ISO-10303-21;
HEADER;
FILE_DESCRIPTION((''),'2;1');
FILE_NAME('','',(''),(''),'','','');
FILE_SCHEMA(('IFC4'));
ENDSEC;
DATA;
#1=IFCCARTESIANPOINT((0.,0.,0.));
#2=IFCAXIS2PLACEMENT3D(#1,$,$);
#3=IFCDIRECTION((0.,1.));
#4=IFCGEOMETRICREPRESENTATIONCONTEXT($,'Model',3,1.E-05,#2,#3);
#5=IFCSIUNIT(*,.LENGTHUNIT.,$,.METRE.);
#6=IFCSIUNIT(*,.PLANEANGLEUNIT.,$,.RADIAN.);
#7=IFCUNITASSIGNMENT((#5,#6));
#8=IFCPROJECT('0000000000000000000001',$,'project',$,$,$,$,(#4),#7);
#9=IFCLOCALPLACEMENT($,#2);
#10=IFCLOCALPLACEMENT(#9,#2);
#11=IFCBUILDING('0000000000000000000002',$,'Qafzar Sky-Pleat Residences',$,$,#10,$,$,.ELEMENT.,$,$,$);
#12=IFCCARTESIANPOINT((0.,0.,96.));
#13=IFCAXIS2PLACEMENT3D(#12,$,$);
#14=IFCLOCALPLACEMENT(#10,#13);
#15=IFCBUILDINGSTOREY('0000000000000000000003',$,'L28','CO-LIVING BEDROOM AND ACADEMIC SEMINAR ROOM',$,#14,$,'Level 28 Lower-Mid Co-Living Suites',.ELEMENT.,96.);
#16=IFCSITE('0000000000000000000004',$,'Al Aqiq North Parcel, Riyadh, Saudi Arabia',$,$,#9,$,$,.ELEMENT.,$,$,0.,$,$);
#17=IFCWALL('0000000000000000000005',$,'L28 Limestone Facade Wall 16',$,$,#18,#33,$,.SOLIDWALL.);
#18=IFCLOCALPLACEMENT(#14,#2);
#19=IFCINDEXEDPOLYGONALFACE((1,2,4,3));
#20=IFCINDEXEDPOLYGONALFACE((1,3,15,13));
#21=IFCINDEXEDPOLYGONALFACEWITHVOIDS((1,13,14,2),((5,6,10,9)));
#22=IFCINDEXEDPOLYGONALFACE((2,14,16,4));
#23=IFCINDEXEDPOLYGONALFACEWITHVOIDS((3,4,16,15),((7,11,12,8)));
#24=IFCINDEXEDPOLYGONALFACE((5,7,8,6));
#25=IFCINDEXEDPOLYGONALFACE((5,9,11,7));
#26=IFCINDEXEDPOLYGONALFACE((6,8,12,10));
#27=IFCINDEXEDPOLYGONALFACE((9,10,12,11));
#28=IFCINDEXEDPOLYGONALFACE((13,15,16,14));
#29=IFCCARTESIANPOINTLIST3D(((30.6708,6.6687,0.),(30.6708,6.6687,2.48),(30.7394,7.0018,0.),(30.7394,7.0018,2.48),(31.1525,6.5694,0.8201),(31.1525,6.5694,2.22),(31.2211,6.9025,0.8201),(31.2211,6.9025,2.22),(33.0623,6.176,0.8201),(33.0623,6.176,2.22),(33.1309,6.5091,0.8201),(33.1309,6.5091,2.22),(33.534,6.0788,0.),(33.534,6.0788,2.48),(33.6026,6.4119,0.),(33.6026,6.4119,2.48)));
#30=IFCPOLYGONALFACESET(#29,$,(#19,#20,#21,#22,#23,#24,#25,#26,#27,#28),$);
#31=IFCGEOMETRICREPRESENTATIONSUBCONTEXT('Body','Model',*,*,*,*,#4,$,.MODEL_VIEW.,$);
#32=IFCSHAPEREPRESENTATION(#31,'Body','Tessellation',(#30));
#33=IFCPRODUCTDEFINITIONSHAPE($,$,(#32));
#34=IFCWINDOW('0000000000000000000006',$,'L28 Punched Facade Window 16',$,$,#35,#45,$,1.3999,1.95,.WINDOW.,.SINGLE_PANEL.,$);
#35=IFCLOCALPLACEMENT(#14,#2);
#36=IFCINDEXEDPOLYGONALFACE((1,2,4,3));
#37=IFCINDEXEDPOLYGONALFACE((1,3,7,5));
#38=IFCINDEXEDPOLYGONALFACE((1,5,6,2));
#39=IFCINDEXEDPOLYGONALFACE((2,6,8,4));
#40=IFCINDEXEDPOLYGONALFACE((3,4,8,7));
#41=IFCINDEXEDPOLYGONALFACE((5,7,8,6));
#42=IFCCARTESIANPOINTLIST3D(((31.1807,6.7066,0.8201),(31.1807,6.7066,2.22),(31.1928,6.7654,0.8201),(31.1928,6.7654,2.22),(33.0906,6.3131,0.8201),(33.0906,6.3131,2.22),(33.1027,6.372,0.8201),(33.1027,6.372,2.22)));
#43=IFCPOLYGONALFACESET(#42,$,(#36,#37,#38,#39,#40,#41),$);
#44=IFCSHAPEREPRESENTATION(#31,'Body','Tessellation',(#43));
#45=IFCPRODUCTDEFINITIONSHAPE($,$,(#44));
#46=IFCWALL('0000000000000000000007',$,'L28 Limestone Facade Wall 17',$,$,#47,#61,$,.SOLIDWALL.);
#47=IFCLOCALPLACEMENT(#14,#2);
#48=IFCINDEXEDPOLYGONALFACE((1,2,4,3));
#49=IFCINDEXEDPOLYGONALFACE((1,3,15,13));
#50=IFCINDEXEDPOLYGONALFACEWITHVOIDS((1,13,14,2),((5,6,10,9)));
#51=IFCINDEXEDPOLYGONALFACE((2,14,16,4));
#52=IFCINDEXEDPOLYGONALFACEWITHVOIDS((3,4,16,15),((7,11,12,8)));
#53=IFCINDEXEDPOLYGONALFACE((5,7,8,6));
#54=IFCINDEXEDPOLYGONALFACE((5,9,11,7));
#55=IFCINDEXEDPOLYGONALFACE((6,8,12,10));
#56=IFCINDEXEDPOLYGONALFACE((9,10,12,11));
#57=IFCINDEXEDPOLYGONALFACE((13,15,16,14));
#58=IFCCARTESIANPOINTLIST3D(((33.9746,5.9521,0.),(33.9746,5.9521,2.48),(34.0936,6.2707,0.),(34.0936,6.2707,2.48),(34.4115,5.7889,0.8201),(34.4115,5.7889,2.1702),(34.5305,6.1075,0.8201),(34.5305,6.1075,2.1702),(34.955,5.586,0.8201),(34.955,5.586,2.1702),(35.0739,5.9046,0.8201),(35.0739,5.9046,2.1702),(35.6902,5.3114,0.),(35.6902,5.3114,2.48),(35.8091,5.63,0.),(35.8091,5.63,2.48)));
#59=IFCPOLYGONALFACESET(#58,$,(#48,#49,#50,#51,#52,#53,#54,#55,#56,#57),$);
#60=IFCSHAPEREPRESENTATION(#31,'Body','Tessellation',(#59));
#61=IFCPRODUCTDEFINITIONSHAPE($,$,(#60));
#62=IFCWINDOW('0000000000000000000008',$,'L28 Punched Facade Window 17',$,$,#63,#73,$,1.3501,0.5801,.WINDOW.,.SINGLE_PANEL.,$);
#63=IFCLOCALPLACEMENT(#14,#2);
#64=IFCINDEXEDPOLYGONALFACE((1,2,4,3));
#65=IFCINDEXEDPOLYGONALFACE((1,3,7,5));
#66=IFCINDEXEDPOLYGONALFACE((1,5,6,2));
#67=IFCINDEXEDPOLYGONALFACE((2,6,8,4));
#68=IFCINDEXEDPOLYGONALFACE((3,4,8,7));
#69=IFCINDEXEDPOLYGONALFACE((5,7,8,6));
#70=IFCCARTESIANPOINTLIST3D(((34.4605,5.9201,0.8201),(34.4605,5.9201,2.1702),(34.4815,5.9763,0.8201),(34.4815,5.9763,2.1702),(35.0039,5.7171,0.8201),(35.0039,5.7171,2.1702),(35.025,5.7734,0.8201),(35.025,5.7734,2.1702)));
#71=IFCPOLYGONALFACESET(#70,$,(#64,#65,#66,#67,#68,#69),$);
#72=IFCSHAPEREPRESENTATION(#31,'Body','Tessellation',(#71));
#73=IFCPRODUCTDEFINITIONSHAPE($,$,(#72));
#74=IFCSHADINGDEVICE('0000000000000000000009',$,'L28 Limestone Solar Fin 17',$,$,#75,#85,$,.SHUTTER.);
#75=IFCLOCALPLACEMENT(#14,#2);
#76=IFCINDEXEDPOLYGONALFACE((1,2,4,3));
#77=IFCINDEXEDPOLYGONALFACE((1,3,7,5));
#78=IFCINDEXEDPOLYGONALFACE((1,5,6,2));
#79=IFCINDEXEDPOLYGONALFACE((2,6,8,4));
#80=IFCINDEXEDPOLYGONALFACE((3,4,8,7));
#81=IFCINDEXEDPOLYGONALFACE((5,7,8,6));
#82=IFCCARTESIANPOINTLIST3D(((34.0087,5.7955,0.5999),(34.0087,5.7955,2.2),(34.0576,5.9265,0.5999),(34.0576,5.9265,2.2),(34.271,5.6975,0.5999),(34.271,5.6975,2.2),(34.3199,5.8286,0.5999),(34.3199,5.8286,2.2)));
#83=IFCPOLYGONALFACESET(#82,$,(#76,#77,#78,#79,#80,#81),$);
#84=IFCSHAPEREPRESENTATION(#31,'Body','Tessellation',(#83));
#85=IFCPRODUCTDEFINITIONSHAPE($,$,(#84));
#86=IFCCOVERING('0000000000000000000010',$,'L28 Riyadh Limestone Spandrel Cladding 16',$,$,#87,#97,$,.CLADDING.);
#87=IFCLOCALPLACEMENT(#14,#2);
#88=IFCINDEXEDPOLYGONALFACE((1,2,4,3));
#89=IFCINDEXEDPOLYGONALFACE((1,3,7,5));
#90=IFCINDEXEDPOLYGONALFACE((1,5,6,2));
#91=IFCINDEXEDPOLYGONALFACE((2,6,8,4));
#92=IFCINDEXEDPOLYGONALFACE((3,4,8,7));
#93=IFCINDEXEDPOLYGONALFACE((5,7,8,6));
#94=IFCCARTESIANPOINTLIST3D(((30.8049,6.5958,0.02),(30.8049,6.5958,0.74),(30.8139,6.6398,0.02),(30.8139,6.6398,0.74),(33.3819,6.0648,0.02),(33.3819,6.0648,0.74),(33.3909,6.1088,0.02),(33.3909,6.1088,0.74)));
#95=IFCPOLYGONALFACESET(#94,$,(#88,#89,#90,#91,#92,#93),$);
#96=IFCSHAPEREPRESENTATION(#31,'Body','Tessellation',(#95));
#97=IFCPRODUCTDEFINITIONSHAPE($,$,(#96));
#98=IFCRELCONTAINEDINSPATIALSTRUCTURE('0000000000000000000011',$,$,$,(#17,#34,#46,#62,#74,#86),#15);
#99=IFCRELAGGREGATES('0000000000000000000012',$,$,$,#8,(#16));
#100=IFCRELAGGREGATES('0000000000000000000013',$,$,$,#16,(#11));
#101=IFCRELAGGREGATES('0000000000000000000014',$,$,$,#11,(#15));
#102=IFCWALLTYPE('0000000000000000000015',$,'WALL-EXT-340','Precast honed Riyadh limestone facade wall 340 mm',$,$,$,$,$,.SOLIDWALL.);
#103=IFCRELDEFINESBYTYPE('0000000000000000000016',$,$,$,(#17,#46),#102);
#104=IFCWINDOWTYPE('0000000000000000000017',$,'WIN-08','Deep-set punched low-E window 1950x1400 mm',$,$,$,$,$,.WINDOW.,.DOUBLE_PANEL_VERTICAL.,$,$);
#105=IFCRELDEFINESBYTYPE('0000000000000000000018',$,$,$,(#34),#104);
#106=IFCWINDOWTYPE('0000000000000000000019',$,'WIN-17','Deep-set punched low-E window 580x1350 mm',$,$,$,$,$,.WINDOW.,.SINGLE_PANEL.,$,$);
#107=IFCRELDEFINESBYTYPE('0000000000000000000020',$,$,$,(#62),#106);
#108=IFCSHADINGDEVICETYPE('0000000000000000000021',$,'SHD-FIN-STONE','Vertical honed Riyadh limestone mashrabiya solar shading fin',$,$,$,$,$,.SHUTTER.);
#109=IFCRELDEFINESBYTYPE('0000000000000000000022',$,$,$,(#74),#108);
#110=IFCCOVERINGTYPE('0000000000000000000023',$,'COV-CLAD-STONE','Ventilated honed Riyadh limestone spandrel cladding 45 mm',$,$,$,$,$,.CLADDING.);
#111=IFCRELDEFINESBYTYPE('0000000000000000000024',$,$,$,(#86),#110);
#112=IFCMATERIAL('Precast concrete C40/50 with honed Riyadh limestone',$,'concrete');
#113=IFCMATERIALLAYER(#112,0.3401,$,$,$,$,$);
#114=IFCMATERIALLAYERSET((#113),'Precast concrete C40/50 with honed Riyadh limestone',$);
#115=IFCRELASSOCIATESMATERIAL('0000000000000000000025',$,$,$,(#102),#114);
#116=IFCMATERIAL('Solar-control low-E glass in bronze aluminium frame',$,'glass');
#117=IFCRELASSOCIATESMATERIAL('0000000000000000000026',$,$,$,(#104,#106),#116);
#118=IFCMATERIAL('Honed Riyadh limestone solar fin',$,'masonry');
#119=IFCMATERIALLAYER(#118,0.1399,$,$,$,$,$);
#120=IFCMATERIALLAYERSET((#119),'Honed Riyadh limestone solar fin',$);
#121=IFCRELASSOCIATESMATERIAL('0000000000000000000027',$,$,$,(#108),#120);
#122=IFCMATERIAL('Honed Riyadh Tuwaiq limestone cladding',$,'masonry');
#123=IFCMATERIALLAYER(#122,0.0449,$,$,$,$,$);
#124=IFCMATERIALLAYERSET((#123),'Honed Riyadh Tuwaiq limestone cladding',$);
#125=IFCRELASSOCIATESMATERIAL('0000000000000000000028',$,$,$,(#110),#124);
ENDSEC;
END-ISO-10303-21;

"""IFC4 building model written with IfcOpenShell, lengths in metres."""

from ifc_helpers import new_model, si_unit, direction, frame, frame_2d, origin, origin_2d, place, context, subcontext, project, spatial, rectangle, extrude, source, transform, mapped, material, layer, layer_set, type_object, element, fill, save


model = new_model("IFC4")

# Units and contexts
model_context = context("Model", 3, precision=1e-05, world=origin(), true_north=direction((0.0, 1.0)))
body_context = subcontext(model_context, "Body", "Model", "MODEL_VIEW")
ifc_project = project(units=[si_unit("LENGTHUNIT", "METRE"), si_unit("PLANEANGLEUNIT", "RADIAN")], contexts=[model_context])

# Site, building, storey
site_placement = place(None, origin())
site = spatial("IfcSite", under=ifc_project, at=site_placement, Name="Al Aqiq North Parcel, Riyadh, Saudi Arabia", CompositionType="ELEMENT", RefElevation=0.0)
building_placement = place(site_placement, origin())
building = spatial("IfcBuilding", under=site, at=building_placement, Name="Qafzar Sky-Pleat Residences", CompositionType="ELEMENT")
storey_placement = place(building_placement, frame((0.0, 0.0, 96.0)))
storey = spatial("IfcBuildingStorey", under=building, at=storey_placement, Name="L28", Description="CO-LIVING BEDROOM AND ACADEMIC SEMINAR ROOM", LongName="Level 28 Lower-Mid Co-Living Suites", CompositionType="ELEMENT", Elevation=96.0)

# Walls, openings, windows
ifc_material_1 = material(Name="Precast concrete C40/50 with honed Riyadh limestone", Category="concrete")
ifc_layer_1 = layer(ifc_material_1, 0.3401)
ifc_layer_set_1 = layer_set([ifc_layer_1], Name="Precast concrete C40/50 with honed Riyadh limestone")
wall_type_1 = type_object("IfcWallType", Name="WALL-EXT-340", Description="Precast honed Riyadh limestone facade wall 340 mm", PredefinedType="SOLIDWALL", material=ifc_layer_set_1)
ifc_material_2 = material(Name="Solar-control low-E glass in bronze aluminium frame", Category="glass")
wall_1_placement = place(storey_placement, frame((30.7051, 6.8352, 0.0), z_axis=(0.0, 0.0, 1.0), x_axis=(0.979434, -0.201766, 0.0)))
wall_1 = element("IfcWall", 1, at=wall_1_placement, inside=storey, type_object=wall_type_1, Name="L28 Limestone Facade Wall 16", PredefinedType="SOLIDWALL", context=body_context, shape_type="SweptSolid", body=[
    extrude(rectangle(XDim=2.9233, YDim=0.3401, at=frame_2d((1.4617, 0.0))), origin(), (0.0, 0.0, 1.0), 2.48),
])
opening_1_placement = place(wall_1_placement, frame((0.4917, 0.0, 0.8201)))
opening_1 = element("IfcOpeningElement", 2, at=opening_1_placement, cuts=wall_1, PredefinedType="OPENING", context=body_context, shape_type="SweptSolid", body=[
    extrude(rectangle(XDim=1.95, YDim=1.3999, at=frame_2d((0.9751, 0.7))), frame((0.0, 0.1802, 0.0), z_axis=(0.0, -1.0, 0.0), x_axis=(1.0, 0.0, 0.0)), (0.0, 0.0, 1.0), 0.3601),
])
window_type_1 = type_object("IfcWindowType", Name="WIN-08", Description="Deep-set punched low-E window 1950x1400 mm", PartitioningType="DOUBLE_PANEL_VERTICAL", PredefinedType="WINDOW", material=ifc_material_2)
shared_shape_1 = source(origin(), body_context, "Body", "SweptSolid", [
    extrude(rectangle(XDim=1.95, YDim=1.3999, at=frame_2d((0.9751, 0.7))), frame((0.0, 0.03, 0.0), z_axis=(0.0, -1.0, 0.0), x_axis=(1.0, 0.0, 0.0)), (0.0, 0.0, 1.0), 0.0601),
])
window_1_placement = place(opening_1_placement, origin())
window_1 = element("IfcWindow", 3, at=window_1_placement, inside=storey, type_object=window_type_1, Name="L28 Punched Facade Window 16", OverallHeight=1.3999, OverallWidth=1.95, PartitioningType="SINGLE_PANEL", PredefinedType="WINDOW", context=body_context, shape_type="MappedRepresentation", body=[
    mapped(shared_shape_1, transform((0.0, 0.0, 0.0), x_axis=(1.0, 0.0, 0.0), y_axis=(0.0, 1.0, 0.0), z_axis=(0.0, 0.0, 1.0), scale=1.0)),
])
fill(opening_1, window_1)
wall_2_placement = place(storey_placement, frame((34.0342, 6.1113, 0.0), z_axis=(0.0, 0.0, 1.0), x_axis=(0.936816, -0.349823, 0.0)))
wall_2 = element("IfcWall", 4, at=wall_2_placement, inside=storey, type_object=wall_type_1, Name="L28 Limestone Facade Wall 17", PredefinedType="SOLIDWALL", context=body_context, shape_type="SweptSolid", body=[
    extrude(rectangle(XDim=1.8313, YDim=0.3401, at=frame_2d((0.9155, 0.0))), origin(), (0.0, 0.0, 1.0), 2.48),
])
opening_2_placement = place(wall_2_placement, frame((0.4663, 0.0, 0.8201)))
opening_2 = element("IfcOpeningElement", 5, at=opening_2_placement, cuts=wall_2, PredefinedType="OPENING", context=body_context, shape_type="SweptSolid", body=[
    extrude(rectangle(XDim=0.5801, YDim=1.3501, at=frame_2d((0.29, 0.675))), frame((0.0, 0.1802, 0.0), z_axis=(0.0, -1.0, 0.0), x_axis=(1.0, 0.0, 0.0)), (0.0, 0.0, 1.0), 0.3601),
])
window_type_2 = type_object("IfcWindowType", Name="WIN-17", Description="Deep-set punched low-E window 580x1350 mm", PartitioningType="SINGLE_PANEL", PredefinedType="WINDOW", material=ifc_material_2)
shared_shape_2 = source(origin(), body_context, "Body", "SweptSolid", [
    extrude(rectangle(XDim=0.5801, YDim=1.3501, at=frame_2d((0.29, 0.675))), frame((0.0, 0.03, 0.0), z_axis=(0.0, -1.0, 0.0), x_axis=(1.0, 0.0, 0.0)), (0.0, 0.0, 1.0), 0.0601),
])
window_2_placement = place(opening_2_placement, origin())
window_2 = element("IfcWindow", 6, at=window_2_placement, inside=storey, type_object=window_type_2, Name="L28 Punched Facade Window 17", OverallHeight=1.3501, OverallWidth=0.5801, PartitioningType="SINGLE_PANEL", PredefinedType="WINDOW", context=body_context, shape_type="MappedRepresentation", body=[
    mapped(shared_shape_2, transform((0.0, 0.0, 0.0), x_axis=(1.0, 0.0, 0.0), y_axis=(0.0, 1.0, 0.0), z_axis=(0.0, 0.0, 1.0), scale=1.0)),
])
fill(opening_2, window_2)

# Shading device
ifc_material_3 = material(Name="Honed Riyadh limestone solar fin", Category="masonry")
ifc_layer_2 = layer(ifc_material_3, 0.1399)
ifc_layer_set_2 = layer_set([ifc_layer_2], Name="Honed Riyadh limestone solar fin")
shading_device_type = type_object("IfcShadingDeviceType", Name="SHD-FIN-STONE", Description="Vertical honed Riyadh limestone mashrabiya solar shading fin", PredefinedType="SHUTTER", material=ifc_layer_set_2)
shared_shape_3 = source(origin(), body_context, "Body", "SweptSolid", [
    extrude(rectangle(XDim=0.1399, YDim=0.28, at=origin_2d()), origin(), (0.0, 0.0, 1.0), 1.6001),
])
shading_device_placement = place(storey_placement, frame((34.1643, 5.812, 0.5999), z_axis=(0.0, 0.0, 1.0), x_axis=(-0.349823, -0.936816, 0.0)))
element("IfcShadingDevice", 7, at=shading_device_placement, inside=storey, type_object=shading_device_type, Name="L28 Limestone Solar Fin 17", PredefinedType="SHUTTER", context=body_context, shape_type="MappedRepresentation", body=[
    mapped(shared_shape_3, transform((0.0, 0.0, 0.0), x_axis=(1.0, 0.0, 0.0), y_axis=(0.0, 1.0, 0.0), z_axis=(0.0, 0.0, 1.0), scale=1.0)),
])

# Covering
ifc_material_4 = material(Name="Honed Riyadh Tuwaiq limestone cladding", Category="masonry")
ifc_layer_3 = layer(ifc_material_4, 0.0449)
ifc_layer_set_3 = layer_set([ifc_layer_3], Name="Honed Riyadh Tuwaiq limestone cladding")
covering_type = type_object("IfcCoveringType", Name="COV-CLAD-STONE", Description="Ventilated honed Riyadh limestone spandrel cladding 45 mm", PredefinedType="CLADDING", material=ifc_layer_set_3)
shared_shape_4 = source(origin(), body_context, "Body", "SweptSolid", [
    extrude(rectangle(XDim=2.6311, YDim=0.0449, at=origin_2d()), origin(), (0.0, 0.0, 1.0), 0.72),
])
covering_placement = place(storey_placement, frame((32.0979, 6.3523, 0.02), z_axis=(0.0, 0.0, 1.0), x_axis=(0.97943, -0.201783, 0.0)))
element("IfcCovering", 8, at=covering_placement, inside=storey, type_object=covering_type, Name="L28 Riyadh Limestone Spandrel Cladding 16", PredefinedType="CLADDING", context=body_context, shape_type="MappedRepresentation", body=[
    mapped(shared_shape_4, transform((0.0, 0.0, 0.0), x_axis=(1.0, 0.0, 0.0), y_axis=(0.0, 1.0, 0.0), z_axis=(0.0, 0.0, 1.0), scale=1.0)),
])

save(model, "model.ifc")
